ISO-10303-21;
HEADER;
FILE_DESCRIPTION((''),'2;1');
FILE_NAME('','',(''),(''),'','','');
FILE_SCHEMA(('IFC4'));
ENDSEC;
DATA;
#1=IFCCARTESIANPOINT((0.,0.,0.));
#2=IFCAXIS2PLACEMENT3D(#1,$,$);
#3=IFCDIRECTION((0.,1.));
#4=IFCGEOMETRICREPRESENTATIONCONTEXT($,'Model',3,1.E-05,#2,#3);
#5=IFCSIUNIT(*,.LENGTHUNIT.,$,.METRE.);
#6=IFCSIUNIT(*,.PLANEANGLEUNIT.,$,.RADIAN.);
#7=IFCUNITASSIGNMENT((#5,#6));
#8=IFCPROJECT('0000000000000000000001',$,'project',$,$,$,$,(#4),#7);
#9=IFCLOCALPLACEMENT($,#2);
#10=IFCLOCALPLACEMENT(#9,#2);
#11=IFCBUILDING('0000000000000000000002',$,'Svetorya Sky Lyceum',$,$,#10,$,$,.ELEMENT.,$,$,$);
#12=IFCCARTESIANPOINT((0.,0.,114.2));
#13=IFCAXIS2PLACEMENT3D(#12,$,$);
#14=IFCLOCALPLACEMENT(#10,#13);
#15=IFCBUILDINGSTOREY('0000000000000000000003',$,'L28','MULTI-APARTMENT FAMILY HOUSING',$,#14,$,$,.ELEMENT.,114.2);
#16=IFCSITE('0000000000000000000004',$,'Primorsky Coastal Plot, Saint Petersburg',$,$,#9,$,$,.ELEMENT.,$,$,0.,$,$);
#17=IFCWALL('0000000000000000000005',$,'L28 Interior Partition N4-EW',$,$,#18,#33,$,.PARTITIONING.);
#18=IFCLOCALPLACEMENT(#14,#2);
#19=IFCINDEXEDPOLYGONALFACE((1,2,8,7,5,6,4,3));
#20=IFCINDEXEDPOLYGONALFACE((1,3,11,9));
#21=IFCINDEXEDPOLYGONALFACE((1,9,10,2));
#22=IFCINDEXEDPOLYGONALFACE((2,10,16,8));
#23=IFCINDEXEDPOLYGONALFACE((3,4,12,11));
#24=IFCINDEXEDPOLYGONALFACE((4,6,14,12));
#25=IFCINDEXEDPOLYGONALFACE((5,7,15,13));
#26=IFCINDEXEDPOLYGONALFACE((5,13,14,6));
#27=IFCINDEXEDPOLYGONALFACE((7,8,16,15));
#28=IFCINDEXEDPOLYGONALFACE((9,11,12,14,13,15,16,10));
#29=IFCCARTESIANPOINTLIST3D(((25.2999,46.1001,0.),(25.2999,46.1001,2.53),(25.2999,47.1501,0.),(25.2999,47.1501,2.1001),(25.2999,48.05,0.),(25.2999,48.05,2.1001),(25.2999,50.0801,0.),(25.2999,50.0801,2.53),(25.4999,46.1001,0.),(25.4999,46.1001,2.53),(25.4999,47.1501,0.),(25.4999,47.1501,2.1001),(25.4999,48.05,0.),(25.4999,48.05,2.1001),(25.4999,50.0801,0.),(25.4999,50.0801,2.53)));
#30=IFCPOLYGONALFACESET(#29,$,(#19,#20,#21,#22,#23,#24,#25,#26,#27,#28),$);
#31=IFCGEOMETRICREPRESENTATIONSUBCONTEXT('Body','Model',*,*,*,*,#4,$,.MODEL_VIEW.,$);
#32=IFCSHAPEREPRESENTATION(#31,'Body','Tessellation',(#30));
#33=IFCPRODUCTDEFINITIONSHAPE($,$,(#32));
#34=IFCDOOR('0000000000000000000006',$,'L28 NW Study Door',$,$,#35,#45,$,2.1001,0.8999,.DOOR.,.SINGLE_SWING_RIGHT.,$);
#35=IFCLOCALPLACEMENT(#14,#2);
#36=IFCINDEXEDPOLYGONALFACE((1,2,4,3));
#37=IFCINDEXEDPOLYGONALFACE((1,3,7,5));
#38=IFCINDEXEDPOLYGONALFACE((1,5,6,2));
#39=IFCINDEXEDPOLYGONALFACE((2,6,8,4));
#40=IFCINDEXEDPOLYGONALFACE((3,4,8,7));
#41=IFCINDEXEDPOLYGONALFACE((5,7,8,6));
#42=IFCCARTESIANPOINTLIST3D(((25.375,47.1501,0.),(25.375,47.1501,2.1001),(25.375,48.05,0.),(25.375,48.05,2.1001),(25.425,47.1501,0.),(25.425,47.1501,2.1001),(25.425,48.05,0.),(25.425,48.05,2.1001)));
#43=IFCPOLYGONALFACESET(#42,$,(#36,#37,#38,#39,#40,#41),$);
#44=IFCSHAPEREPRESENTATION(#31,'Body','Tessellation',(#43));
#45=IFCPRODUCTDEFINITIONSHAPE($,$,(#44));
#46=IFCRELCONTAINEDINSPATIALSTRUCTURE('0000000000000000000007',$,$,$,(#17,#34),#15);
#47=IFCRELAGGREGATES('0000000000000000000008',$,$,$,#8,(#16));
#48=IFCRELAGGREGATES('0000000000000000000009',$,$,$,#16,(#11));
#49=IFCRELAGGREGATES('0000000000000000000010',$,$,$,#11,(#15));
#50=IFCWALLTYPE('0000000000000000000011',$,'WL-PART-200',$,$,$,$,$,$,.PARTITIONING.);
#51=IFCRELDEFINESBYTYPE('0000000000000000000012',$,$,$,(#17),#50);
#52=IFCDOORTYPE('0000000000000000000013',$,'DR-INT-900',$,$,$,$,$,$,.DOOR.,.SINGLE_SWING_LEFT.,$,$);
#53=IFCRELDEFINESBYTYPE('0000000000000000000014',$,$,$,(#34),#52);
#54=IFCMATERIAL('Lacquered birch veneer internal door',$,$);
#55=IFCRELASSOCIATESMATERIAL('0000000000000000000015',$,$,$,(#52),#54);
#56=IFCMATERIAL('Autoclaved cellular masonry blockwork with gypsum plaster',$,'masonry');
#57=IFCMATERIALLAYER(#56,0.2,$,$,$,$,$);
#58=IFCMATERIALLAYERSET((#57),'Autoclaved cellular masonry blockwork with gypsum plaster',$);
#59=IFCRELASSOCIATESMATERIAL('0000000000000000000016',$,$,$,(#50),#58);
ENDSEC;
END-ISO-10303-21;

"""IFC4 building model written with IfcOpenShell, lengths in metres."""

from ifc_helpers import new_model, si_unit, direction, frame, frame_2d, origin, place, context, subcontext, project, spatial, rectangle, extrude, material, layer, layer_set, type_object, element, fill, save


model = new_model("IFC4")

# Units and contexts
model_context = context("Model", 3, precision=1e-05, world=origin(), true_north=direction((0.0, 1.0)))
body_context = subcontext(model_context, "Body", "Model", "MODEL_VIEW")
ifc_project = project(units=[si_unit("LENGTHUNIT", "METRE"), si_unit("PLANEANGLEUNIT", "RADIAN")], contexts=[model_context])

# Site, building, storey
site_placement = place(None, origin())
site = spatial("IfcSite", under=ifc_project, at=site_placement, Name="Primorsky Coastal Plot, Saint Petersburg", CompositionType="ELEMENT", RefElevation=0.0)
building_placement = place(site_placement, origin())
building = spatial("IfcBuilding", under=site, at=building_placement, Name="Svetorya Sky Lyceum", CompositionType="ELEMENT")
storey_placement = place(building_placement, frame((0.0, 0.0, 114.2)))
storey = spatial("IfcBuildingStorey", under=building, at=storey_placement, Name="L28", Description="MULTI-APARTMENT FAMILY HOUSING", CompositionType="ELEMENT", Elevation=114.2)

# Shared definitions
ifc_material_1 = material(Name="Lacquered birch veneer internal door")
door_type_1 = type_object("IfcDoorType", Name="DR-INT-900", OperationType="SINGLE_SWING_LEFT", PredefinedType="DOOR", material=ifc_material_1)

# Shared definitions
ifc_material_2 = material(Name="Autoclaved cellular masonry blockwork with gypsum plaster", Category="masonry")
ifc_layer_1 = layer(ifc_material_2, 0.2)
ifc_layer_set_1 = layer_set([ifc_layer_1], Name="Autoclaved cellular masonry blockwork with gypsum plaster")
wall_type_1 = type_object("IfcWallType", Name="WL-PART-200", PredefinedType="PARTITIONING", material=ifc_layer_set_1)

# Wall, opening, door
wall_1_placement = place(storey_placement, frame((25.3999, 46.1001, 0.0), z_axis=(0.0, 0.0, 1.0), x_axis=(0.0, 1.0, 0.0)))
wall_1 = element("IfcWall", 1, at=wall_1_placement, inside=storey, type_object=wall_type_1, Name="L28 Interior Partition N4-EW", PredefinedType="PARTITIONING", context=body_context, shape_type="SweptSolid", body=[
    extrude(rectangle(XDim=3.98, YDim=0.2, at=frame_2d((1.99, 0.0))), origin(), (0.0, 0.0, 1.0), 2.53),
])
opening_1_placement = place(wall_1_placement, frame((1.05, 0.0, 0.0)))
opening_1 = element("IfcOpeningElement", 2, at=opening_1_placement, cuts=wall_1, PredefinedType="OPENING", context=body_context, shape_type="SweptSolid", body=[
    extrude(rectangle(XDim=0.8999, YDim=2.1001, at=frame_2d((0.45, 1.05))), frame((0.0, 0.1099, 0.0), z_axis=(0.0, -1.0, 0.0), x_axis=(1.0, 0.0, 0.0)), (0.0, 0.0, 1.0), 0.22),
])
door_1_placement = place(opening_1_placement, origin())
door_1 = element("IfcDoor", 3, at=door_1_placement, inside=storey, type_object=door_type_1, Name="L28 NW Study Door", OperationType="SINGLE_SWING_RIGHT", OverallHeight=2.1001, OverallWidth=0.8999, PredefinedType="DOOR", context=body_context, shape_type="SweptSolid", body=[
    extrude(rectangle(XDim=0.8999, YDim=2.1001, at=frame_2d((0.45, 1.05))), frame((0.0, 0.0249, 0.0), z_axis=(0.0, -1.0, 0.0), x_axis=(1.0, 0.0, 0.0)), (0.0, 0.0, 1.0), 0.05),
])
fill(opening_1, door_1)

save(model, "model.ifc")
